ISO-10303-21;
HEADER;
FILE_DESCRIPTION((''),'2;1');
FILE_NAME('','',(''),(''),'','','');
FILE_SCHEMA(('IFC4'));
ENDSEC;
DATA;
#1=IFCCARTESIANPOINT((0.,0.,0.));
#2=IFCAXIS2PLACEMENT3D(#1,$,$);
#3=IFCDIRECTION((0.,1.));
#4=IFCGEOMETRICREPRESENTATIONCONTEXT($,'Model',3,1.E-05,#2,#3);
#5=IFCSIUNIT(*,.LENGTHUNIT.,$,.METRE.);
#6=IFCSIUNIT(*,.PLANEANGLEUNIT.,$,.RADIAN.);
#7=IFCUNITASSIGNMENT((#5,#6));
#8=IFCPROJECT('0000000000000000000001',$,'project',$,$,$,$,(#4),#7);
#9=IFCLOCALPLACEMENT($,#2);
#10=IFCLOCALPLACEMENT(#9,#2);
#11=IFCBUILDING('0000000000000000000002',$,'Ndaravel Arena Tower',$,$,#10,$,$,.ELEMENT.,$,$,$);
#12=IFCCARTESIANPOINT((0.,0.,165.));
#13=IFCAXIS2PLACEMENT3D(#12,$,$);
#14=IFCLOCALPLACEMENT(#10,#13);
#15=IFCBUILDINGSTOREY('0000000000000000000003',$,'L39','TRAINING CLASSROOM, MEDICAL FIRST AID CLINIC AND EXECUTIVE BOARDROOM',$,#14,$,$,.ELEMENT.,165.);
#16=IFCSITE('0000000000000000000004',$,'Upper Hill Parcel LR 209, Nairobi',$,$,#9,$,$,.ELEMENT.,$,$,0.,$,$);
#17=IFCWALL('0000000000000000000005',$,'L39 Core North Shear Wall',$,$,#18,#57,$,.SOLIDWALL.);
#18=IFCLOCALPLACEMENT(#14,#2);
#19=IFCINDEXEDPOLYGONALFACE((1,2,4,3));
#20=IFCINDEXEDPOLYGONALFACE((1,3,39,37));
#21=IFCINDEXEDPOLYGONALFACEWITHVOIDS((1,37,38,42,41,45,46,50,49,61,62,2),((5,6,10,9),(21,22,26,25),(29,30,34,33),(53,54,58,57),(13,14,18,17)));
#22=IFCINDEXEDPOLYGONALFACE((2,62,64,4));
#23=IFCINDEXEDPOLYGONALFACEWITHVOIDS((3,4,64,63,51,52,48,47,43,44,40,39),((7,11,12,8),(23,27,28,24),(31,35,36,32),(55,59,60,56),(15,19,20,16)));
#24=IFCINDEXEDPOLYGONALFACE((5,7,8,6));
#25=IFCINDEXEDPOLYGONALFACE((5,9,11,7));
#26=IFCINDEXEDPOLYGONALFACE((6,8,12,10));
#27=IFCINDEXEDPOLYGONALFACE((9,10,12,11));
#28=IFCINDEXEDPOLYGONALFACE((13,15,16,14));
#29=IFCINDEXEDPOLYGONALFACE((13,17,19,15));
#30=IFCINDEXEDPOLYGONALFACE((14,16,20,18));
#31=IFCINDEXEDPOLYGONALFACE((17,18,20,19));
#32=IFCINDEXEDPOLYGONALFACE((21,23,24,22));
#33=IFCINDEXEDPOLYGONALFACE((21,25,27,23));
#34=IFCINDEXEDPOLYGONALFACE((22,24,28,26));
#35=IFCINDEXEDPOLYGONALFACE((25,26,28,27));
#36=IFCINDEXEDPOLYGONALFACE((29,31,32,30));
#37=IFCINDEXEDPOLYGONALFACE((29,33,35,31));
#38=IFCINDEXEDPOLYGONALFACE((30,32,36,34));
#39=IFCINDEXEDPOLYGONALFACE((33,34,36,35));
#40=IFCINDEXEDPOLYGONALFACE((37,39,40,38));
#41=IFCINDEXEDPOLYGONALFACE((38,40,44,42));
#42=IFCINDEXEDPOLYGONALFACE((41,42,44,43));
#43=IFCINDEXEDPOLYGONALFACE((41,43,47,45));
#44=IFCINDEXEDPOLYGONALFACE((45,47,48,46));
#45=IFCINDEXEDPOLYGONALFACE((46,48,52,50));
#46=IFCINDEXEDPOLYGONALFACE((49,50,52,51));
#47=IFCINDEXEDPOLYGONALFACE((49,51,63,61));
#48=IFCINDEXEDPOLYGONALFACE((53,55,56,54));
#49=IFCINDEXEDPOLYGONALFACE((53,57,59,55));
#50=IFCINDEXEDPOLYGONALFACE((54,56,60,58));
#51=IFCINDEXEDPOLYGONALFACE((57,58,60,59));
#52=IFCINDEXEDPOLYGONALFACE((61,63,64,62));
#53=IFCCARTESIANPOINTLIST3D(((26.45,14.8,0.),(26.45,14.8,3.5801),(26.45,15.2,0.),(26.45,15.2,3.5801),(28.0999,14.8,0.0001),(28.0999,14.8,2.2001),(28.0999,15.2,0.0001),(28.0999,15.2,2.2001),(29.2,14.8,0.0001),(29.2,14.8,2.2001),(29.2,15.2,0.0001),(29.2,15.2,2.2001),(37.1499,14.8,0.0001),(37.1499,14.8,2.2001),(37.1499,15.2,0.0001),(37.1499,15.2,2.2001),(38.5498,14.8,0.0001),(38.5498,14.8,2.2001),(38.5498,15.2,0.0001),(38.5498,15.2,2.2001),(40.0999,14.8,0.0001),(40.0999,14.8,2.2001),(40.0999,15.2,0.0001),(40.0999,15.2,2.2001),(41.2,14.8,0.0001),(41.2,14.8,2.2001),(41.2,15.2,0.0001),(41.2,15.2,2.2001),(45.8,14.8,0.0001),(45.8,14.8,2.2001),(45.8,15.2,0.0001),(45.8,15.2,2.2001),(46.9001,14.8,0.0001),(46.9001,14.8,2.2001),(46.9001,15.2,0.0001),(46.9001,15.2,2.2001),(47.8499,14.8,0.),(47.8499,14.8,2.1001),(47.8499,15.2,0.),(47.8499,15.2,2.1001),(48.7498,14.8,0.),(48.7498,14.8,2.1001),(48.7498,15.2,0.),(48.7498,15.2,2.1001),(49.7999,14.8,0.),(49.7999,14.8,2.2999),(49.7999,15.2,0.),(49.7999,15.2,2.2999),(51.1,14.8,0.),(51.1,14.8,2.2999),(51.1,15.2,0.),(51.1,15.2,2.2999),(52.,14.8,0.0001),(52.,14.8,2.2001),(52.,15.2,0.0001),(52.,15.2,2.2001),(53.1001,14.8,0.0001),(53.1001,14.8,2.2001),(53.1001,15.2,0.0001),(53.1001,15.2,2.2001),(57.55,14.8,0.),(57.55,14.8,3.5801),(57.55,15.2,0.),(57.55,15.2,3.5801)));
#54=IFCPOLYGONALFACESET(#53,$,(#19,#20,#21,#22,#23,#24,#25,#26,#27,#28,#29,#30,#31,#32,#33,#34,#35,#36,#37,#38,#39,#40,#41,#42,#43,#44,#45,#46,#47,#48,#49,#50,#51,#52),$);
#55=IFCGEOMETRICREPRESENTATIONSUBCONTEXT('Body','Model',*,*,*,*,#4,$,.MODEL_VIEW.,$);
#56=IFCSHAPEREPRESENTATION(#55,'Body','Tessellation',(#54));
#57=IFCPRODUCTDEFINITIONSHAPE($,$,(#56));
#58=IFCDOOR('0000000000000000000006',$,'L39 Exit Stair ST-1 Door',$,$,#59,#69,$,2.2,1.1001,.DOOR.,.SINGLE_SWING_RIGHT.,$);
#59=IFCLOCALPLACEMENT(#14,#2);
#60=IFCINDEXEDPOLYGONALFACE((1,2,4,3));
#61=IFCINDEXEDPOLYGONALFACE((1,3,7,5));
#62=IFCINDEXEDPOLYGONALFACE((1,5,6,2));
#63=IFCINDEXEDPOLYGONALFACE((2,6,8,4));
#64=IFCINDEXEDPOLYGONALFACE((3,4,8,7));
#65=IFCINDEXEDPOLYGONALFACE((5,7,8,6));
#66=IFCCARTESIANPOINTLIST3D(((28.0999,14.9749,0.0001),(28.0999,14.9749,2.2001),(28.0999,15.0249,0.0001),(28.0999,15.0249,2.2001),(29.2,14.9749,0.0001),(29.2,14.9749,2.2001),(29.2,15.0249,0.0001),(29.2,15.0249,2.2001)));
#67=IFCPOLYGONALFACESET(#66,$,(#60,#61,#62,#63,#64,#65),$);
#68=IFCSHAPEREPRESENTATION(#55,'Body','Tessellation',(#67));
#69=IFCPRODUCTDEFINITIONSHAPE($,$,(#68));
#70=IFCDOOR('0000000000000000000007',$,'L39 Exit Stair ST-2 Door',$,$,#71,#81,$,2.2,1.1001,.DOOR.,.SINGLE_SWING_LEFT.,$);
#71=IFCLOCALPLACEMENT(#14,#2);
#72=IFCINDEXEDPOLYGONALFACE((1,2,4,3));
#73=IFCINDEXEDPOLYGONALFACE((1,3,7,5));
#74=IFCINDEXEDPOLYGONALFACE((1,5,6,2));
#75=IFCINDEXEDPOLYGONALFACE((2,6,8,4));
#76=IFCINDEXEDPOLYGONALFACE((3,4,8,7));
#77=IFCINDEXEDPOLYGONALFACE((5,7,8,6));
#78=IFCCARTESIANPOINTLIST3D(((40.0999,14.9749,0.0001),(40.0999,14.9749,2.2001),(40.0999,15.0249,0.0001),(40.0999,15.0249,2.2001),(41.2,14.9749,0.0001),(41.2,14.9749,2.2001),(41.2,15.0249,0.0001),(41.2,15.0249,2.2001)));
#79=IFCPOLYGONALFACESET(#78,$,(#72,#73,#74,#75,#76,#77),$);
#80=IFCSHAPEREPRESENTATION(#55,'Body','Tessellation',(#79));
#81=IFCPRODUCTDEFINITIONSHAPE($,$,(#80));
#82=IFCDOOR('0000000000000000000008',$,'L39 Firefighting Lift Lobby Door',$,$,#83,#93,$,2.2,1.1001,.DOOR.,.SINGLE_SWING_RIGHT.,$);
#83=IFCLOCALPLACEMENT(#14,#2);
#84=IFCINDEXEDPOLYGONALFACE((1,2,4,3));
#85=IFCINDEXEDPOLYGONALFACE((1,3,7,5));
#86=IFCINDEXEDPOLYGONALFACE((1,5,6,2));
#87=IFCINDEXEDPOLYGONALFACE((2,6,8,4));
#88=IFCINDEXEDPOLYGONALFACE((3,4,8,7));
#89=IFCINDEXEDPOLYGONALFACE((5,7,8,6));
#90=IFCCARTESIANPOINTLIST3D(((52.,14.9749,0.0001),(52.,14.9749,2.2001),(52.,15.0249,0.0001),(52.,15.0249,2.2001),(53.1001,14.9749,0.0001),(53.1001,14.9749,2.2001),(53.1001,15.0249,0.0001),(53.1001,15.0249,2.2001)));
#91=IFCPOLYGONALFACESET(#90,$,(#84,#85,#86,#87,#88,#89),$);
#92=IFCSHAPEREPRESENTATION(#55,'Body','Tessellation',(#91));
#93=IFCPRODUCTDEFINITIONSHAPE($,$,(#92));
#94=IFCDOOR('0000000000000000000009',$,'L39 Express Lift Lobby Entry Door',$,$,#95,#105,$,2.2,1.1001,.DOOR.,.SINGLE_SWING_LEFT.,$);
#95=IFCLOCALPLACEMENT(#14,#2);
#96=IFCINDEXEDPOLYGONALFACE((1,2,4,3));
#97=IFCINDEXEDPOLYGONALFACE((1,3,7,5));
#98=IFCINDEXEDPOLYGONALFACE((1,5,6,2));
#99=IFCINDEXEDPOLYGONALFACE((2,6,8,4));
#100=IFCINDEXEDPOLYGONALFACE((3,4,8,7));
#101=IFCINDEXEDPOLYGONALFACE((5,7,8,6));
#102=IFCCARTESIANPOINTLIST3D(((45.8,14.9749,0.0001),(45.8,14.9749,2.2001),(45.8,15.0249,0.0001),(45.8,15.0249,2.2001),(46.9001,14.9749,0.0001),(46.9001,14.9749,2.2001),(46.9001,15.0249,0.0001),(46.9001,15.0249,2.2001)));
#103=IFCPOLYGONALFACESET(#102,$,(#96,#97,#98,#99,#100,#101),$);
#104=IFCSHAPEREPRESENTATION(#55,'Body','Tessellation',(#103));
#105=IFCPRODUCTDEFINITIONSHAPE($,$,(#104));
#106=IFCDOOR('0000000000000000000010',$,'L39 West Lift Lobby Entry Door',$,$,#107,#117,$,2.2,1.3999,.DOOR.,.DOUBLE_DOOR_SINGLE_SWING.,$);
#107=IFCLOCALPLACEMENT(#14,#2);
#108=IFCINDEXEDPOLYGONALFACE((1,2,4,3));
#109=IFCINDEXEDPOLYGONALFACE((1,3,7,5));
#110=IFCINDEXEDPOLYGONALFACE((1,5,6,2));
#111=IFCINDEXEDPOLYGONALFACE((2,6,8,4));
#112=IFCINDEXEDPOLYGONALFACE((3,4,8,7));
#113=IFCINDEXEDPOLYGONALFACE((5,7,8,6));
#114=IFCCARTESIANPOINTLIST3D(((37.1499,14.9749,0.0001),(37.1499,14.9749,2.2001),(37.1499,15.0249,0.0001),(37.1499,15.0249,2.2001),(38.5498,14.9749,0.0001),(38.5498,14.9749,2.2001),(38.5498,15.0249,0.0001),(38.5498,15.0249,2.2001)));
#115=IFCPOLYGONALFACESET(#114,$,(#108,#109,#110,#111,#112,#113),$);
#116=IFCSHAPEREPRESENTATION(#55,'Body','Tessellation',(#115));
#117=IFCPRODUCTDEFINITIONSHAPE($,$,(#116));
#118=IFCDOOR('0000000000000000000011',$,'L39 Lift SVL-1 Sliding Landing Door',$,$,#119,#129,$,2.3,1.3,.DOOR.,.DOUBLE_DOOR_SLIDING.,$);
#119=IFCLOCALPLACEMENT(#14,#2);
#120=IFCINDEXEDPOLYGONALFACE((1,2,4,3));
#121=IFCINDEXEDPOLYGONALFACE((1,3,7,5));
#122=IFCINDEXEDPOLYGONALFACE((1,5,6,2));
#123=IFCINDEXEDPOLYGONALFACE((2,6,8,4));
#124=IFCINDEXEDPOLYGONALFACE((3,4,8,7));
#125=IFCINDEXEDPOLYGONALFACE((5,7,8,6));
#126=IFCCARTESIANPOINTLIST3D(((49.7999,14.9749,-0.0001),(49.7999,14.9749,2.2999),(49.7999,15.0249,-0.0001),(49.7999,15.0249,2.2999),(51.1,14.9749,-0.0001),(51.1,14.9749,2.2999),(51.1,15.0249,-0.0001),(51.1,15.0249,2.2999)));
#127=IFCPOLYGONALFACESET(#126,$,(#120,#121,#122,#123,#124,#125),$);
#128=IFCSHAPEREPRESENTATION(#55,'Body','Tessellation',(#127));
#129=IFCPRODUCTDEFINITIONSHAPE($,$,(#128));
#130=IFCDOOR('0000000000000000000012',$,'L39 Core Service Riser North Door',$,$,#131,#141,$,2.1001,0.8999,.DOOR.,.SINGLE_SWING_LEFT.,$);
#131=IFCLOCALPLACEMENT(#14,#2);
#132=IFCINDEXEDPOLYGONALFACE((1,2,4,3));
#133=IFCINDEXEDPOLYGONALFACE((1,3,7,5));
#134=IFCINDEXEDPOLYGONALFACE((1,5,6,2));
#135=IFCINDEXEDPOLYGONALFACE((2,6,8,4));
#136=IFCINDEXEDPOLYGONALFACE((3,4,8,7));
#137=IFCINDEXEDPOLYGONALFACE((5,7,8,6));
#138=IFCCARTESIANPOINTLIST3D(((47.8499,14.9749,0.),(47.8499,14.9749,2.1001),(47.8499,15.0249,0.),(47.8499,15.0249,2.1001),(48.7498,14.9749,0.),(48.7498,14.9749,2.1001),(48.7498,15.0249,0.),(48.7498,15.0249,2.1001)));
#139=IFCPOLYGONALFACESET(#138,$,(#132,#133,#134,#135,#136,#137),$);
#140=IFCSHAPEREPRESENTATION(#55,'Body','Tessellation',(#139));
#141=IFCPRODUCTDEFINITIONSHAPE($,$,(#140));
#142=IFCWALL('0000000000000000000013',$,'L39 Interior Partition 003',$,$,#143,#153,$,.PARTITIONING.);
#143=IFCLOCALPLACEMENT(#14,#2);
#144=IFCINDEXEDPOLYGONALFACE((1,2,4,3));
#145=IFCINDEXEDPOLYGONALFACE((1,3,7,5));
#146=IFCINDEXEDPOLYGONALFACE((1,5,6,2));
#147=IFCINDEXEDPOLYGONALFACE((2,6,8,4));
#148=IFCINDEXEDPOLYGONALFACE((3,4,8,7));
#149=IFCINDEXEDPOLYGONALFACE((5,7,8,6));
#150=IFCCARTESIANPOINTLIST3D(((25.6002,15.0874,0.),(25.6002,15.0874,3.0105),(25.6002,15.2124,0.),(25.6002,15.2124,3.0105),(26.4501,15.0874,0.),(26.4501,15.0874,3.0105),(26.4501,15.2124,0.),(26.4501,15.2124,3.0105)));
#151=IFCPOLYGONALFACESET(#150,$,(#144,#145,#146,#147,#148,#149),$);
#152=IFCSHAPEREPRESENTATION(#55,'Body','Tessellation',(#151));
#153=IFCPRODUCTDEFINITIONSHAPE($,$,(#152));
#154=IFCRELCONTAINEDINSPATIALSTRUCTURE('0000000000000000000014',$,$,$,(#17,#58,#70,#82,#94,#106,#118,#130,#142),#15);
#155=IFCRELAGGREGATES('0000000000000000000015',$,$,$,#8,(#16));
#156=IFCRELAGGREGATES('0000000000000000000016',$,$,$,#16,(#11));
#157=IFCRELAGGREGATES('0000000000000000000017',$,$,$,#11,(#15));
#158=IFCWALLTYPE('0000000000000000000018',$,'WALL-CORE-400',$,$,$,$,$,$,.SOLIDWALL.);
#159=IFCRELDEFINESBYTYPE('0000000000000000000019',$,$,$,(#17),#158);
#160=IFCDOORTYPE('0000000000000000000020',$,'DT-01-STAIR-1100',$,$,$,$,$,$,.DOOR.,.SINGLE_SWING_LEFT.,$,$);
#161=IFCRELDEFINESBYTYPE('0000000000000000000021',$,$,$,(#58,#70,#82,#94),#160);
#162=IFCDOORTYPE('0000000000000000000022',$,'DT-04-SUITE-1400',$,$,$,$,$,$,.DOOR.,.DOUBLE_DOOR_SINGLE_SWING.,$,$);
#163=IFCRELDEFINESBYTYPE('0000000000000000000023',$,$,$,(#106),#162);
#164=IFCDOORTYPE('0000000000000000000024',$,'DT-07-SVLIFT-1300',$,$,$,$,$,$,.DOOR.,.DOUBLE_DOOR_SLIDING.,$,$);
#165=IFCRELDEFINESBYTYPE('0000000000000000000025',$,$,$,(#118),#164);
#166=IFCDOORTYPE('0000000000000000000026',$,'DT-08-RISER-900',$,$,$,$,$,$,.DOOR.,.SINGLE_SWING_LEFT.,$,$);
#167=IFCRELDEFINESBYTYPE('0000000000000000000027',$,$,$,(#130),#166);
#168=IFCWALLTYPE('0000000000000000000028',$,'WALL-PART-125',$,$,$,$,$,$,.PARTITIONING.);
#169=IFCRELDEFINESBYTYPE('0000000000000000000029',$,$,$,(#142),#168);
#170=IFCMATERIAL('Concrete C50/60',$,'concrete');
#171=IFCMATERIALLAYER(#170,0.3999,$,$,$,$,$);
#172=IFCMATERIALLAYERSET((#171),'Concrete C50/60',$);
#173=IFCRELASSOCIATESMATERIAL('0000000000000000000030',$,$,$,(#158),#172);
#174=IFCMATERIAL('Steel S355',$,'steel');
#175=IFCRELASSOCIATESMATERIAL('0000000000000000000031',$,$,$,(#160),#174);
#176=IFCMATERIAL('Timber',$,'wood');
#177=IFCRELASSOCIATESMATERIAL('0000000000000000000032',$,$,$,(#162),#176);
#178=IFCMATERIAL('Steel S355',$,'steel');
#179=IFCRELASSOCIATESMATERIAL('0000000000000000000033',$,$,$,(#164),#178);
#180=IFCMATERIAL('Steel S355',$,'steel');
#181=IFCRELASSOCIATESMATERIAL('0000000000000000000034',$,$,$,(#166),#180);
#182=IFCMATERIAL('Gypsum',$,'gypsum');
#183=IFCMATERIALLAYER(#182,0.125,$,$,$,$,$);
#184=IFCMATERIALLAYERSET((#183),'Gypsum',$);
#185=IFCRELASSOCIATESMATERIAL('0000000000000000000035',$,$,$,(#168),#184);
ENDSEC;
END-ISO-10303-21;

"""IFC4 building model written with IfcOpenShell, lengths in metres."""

from ifc_helpers import new_model, si_unit, direction, frame, frame_2d, origin, place, context, subcontext, project, spatial, rectangle, extrude, material, layer, layer_set, type_object, element, fill, save


model = new_model("IFC4")

# Units and contexts
model_context = context("Model", 3, precision=1e-05, world=origin(), true_north=direction((0.0, 1.0)))
body_context = subcontext(model_context, "Body", "Model", "MODEL_VIEW")
ifc_project = project(units=[si_unit("LENGTHUNIT", "METRE"), si_unit("PLANEANGLEUNIT", "RADIAN")], contexts=[model_context])

# Site, building, storey
site_placement = place(None, origin())
site = spatial("IfcSite", under=ifc_project, at=site_placement, Name="Upper Hill Parcel LR 209, Nairobi", CompositionType="ELEMENT", RefElevation=0.0)
building_placement = place(site_placement, origin())
building = spatial("IfcBuilding", under=site, at=building_placement, Name="Ndaravel Arena Tower", CompositionType="ELEMENT")
storey_placement = place(building_placement, frame((0.0, 0.0, 165.0)))
storey = spatial("IfcBuildingStorey", under=building, at=storey_placement, Name="L39", Description="TRAINING CLASSROOM, MEDICAL FIRST AID CLINIC AND EXECUTIVE BOARDROOM", CompositionType="ELEMENT", Elevation=165.0)

# Wall, openings, doors
ifc_material_1 = material(Name="Concrete C50/60", Category="concrete")
ifc_layer_1 = layer(ifc_material_1, 0.3999)
ifc_layer_set_1 = layer_set([ifc_layer_1], Name="Concrete C50/60")
wall_type_1 = type_object("IfcWallType", Name="WALL-CORE-400", PredefinedType="SOLIDWALL", material=ifc_layer_set_1)
wall_1_placement = place(storey_placement, frame((26.45, 15.0, 0.0), z_axis=(0.0, 0.0, 1.0), x_axis=(1.0, 0.0, 0.0)))
wall_1 = element("IfcWall", 1, at=wall_1_placement, inside=storey, type_object=wall_type_1, Name="L39 Core North Shear Wall", PredefinedType="SOLIDWALL", context=body_context, shape_type="SweptSolid", body=[
    extrude(rectangle(XDim=31.1001, YDim=0.3999, at=frame_2d((15.55, 0.0))), origin(), (0.0, 0.0, 1.0), 3.5801),
])
opening_1_placement = place(wall_1_placement, frame((1.6499, 0.0, 0.0)))
opening_1 = element("IfcOpeningElement", 2, at=opening_1_placement, cuts=wall_1, PredefinedType="OPENING", context=body_context, shape_type="SweptSolid", body=[
    extrude(rectangle(XDim=1.1001, YDim=2.2, at=frame_2d((0.55, 1.1001))), frame((0.0, 0.2, 0.0), z_axis=(0.0, -1.0, 0.0), x_axis=(1.0, 0.0, 0.0)), (0.0, 0.0, 1.0), 0.3999),
])
opening_2_placement = place(wall_1_placement, frame((13.6499, 0.0, 0.0)))
opening_2 = element("IfcOpeningElement", 3, at=opening_2_placement, cuts=wall_1, PredefinedType="OPENING", context=body_context, shape_type="SweptSolid", body=[
    extrude(rectangle(XDim=1.1001, YDim=2.2, at=frame_2d((0.55, 1.1001))), frame((0.0, 0.2, 0.0), z_axis=(0.0, -1.0, 0.0), x_axis=(1.0, 0.0, 0.0)), (0.0, 0.0, 1.0), 0.3999),
])
opening_3_placement = place(wall_1_placement, frame((25.55, 0.0, 0.0)))
opening_3 = element("IfcOpeningElement", 4, at=opening_3_placement, cuts=wall_1, PredefinedType="OPENING", context=body_context, shape_type="SweptSolid", body=[
    extrude(rectangle(XDim=1.1001, YDim=2.2, at=frame_2d((0.55, 1.1001))), frame((0.0, 0.2, 0.0), z_axis=(0.0, -1.0, 0.0), x_axis=(1.0, 0.0, 0.0)), (0.0, 0.0, 1.0), 0.3999),
])
opening_4_placement = place(wall_1_placement, frame((10.7, 0.0, 0.0)))
opening_4 = element("IfcOpeningElement", 5, at=opening_4_placement, cuts=wall_1, PredefinedType="OPENING", context=body_context, shape_type="SweptSolid", body=[
    extrude(rectangle(XDim=1.3999, YDim=2.2, at=frame_2d((0.7, 1.1001))), frame((0.0, 0.2, 0.0), z_axis=(0.0, -1.0, 0.0), x_axis=(1.0, 0.0, 0.0)), (0.0, 0.0, 1.0), 0.3999),
])
opening_5_placement = place(wall_1_placement, frame((19.3501, 0.0, 0.0)))
opening_5 = element("IfcOpeningElement", 6, at=opening_5_placement, cuts=wall_1, PredefinedType="OPENING", context=body_context, shape_type="SweptSolid", body=[
    extrude(rectangle(XDim=1.1001, YDim=2.2, at=frame_2d((0.55, 1.1001))), frame((0.0, 0.2, 0.0), z_axis=(0.0, -1.0, 0.0), x_axis=(1.0, 0.0, 0.0)), (0.0, 0.0, 1.0), 0.3999),
])
opening_6_placement = place(wall_1_placement, frame((21.3999, 0.0, 0.0)))
opening_6 = element("IfcOpeningElement", 7, at=opening_6_placement, cuts=wall_1, PredefinedType="OPENING", context=body_context, shape_type="SweptSolid", body=[
    extrude(rectangle(XDim=0.8999, YDim=2.1001, at=frame_2d((0.45, 1.05))), frame((0.0, 0.2, 0.0), z_axis=(0.0, -1.0, 0.0), x_axis=(1.0, 0.0, 0.0)), (0.0, 0.0, 1.0), 0.3999),
])
opening_7_placement = place(wall_1_placement, frame((23.3501, 0.0, 0.0)))
opening_7 = element("IfcOpeningElement", 8, at=opening_7_placement, cuts=wall_1, PredefinedType="OPENING", context=body_context, shape_type="SweptSolid", body=[
    extrude(rectangle(XDim=1.3, YDim=2.3, at=frame_2d((0.6499, 1.1499))), frame((0.0, 0.2, 0.0), z_axis=(0.0, -1.0, 0.0), x_axis=(1.0, 0.0, 0.0)), (0.0, 0.0, 1.0), 0.3999),
])
ifc_material_2 = material(Name="Steel S355", Category="steel")
door_type_1 = type_object("IfcDoorType", Name="DT-01-STAIR-1100", OperationType="SINGLE_SWING_LEFT", PredefinedType="DOOR", material=ifc_material_2)
door_1_placement = place(opening_1_placement, origin())
door_1 = element("IfcDoor", 9, at=door_1_placement, inside=storey, type_object=door_type_1, Name="L39 Exit Stair ST-1 Door", OperationType="SINGLE_SWING_RIGHT", OverallHeight=2.2, OverallWidth=1.1001, PredefinedType="DOOR", context=body_context, shape_type="SweptSolid", body=[
    extrude(rectangle(XDim=1.1001, YDim=2.2, at=frame_2d((0.55, 1.1001))), frame((0.0, 0.0249, 0.0), z_axis=(0.0, -1.0, 0.0), x_axis=(1.0, 0.0, 0.0)), (0.0, 0.0, 1.0), 0.05),
])
fill(opening_1, door_1)
door_2_placement = place(opening_2_placement, origin())
door_2 = element("IfcDoor", 10, at=door_2_placement, inside=storey, type_object=door_type_1, Name="L39 Exit Stair ST-2 Door", OperationType="SINGLE_SWING_LEFT", OverallHeight=2.2, OverallWidth=1.1001, PredefinedType="DOOR", context=body_context, shape_type="SweptSolid", body=[
    extrude(rectangle(XDim=1.1001, YDim=2.2, at=frame_2d((0.55, 1.1001))), frame((0.0, 0.0249, 0.0), z_axis=(0.0, -1.0, 0.0), x_axis=(1.0, 0.0, 0.0)), (0.0, 0.0, 1.0), 0.05),
])
fill(opening_2, door_2)
door_3_placement = place(opening_3_placement, origin())
door_3 = element("IfcDoor", 11, at=door_3_placement, inside=storey, type_object=door_type_1, Name="L39 Firefighting Lift Lobby Door", OperationType="SINGLE_SWING_RIGHT", OverallHeight=2.2, OverallWidth=1.1001, PredefinedType="DOOR", context=body_context, shape_type="SweptSolid", body=[
    extrude(rectangle(XDim=1.1001, YDim=2.2, at=frame_2d((0.55, 1.1001))), frame((0.0, 0.0249, 0.0), z_axis=(0.0, -1.0, 0.0), x_axis=(1.0, 0.0, 0.0)), (0.0, 0.0, 1.0), 0.05),
])
fill(opening_3, door_3)
door_4_placement = place(opening_5_placement, origin())
door_4 = element("IfcDoor", 12, at=door_4_placement, inside=storey, type_object=door_type_1, Name="L39 Express Lift Lobby Entry Door", OperationType="SINGLE_SWING_LEFT", OverallHeight=2.2, OverallWidth=1.1001, PredefinedType="DOOR", context=body_context, shape_type="SweptSolid", body=[
    extrude(rectangle(XDim=1.1001, YDim=2.2, at=frame_2d((0.55, 1.1001))), frame((0.0, 0.0249, 0.0), z_axis=(0.0, -1.0, 0.0), x_axis=(1.0, 0.0, 0.0)), (0.0, 0.0, 1.0), 0.05),
])
fill(opening_5, door_4)
ifc_material_3 = material(Name="Timber", Category="wood")
door_type_2 = type_object("IfcDoorType", Name="DT-04-SUITE-1400", OperationType="DOUBLE_DOOR_SINGLE_SWING", PredefinedType="DOOR", material=ifc_material_3)
door_5_placement = place(opening_4_placement, origin())
door_5 = element("IfcDoor", 13, at=door_5_placement, inside=storey, type_object=door_type_2, Name="L39 West Lift Lobby Entry Door", OperationType="DOUBLE_DOOR_SINGLE_SWING", OverallHeight=2.2, OverallWidth=1.3999, PredefinedType="DOOR", context=body_context, shape_type="SweptSolid", body=[
    extrude(rectangle(XDim=1.3999, YDim=2.2, at=frame_2d((0.7, 1.1001))), frame((0.0, 0.0249, 0.0), z_axis=(0.0, -1.0, 0.0), x_axis=(1.0, 0.0, 0.0)), (0.0, 0.0, 1.0), 0.05),
])
fill(opening_4, door_5)
ifc_material_4 = material(Name="Steel S355", Category="steel")
door_type_3 = type_object("IfcDoorType", Name="DT-07-SVLIFT-1300", OperationType="DOUBLE_DOOR_SLIDING", PredefinedType="DOOR", material=ifc_material_4)
door_6_placement = place(opening_7_placement, origin())
door_6 = element("IfcDoor", 14, at=door_6_placement, inside=storey, type_object=door_type_3, Name="L39 Lift SVL-1 Sliding Landing Door", OperationType="DOUBLE_DOOR_SLIDING", OverallHeight=2.3, OverallWidth=1.3, PredefinedType="DOOR", context=body_context, shape_type="SweptSolid", body=[
    extrude(rectangle(XDim=1.3, YDim=2.3, at=frame_2d((0.6499, 1.1499))), frame((0.0, 0.0249, 0.0), z_axis=(0.0, -1.0, 0.0), x_axis=(1.0, 0.0, 0.0)), (0.0, 0.0, 1.0), 0.05),
])
fill(opening_7, door_6)
ifc_material_5 = material(Name="Steel S355", Category="steel")
door_type_4 = type_object("IfcDoorType", Name="DT-08-RISER-900", OperationType="SINGLE_SWING_LEFT", PredefinedType="DOOR", material=ifc_material_5)
door_7_placement = place(opening_6_placement, origin())
door_7 = element("IfcDoor", 15, at=door_7_placement, inside=storey, type_object=door_type_4, Name="L39 Core Service Riser North Door", OperationType="SINGLE_SWING_LEFT", OverallHeight=2.1001, OverallWidth=0.8999, PredefinedType="DOOR", context=body_context, shape_type="SweptSolid", body=[
    extrude(rectangle(XDim=0.8999, YDim=2.1001, at=frame_2d((0.45, 1.05))), frame((0.0, 0.0249, 0.0), z_axis=(0.0, -1.0, 0.0), x_axis=(1.0, 0.0, 0.0)), (0.0, 0.0, 1.0), 0.05),
])
fill(opening_6, door_7)

# Wall
ifc_material_6 = material(Name="Gypsum", Category="gypsum")
ifc_layer_2 = layer(ifc_material_6, 0.125)
ifc_layer_set_2 = layer_set([ifc_layer_2], Name="Gypsum")
wall_type_2 = type_object("IfcWallType", Name="WALL-PART-125", PredefinedType="PARTITIONING", material=ifc_layer_set_2)
wall_2_placement = place(storey_placement, frame((26.45, 15.1499, 0.0), z_axis=(0.0, 0.0, 1.0), x_axis=(-1.0, 0.0, 0.0)))
element("IfcWall", 16, at=wall_2_placement, inside=storey, type_object=wall_type_2, Name="L39 Interior Partition 003", PredefinedType="PARTITIONING", context=body_context, shape_type="SweptSolid", body=[
    extrude(rectangle(XDim=0.8499, YDim=0.125, at=frame_2d((0.4248, 0.0))), origin(), (0.0, 0.0, 1.0), 3.0105),
])

save(model, "model.ifc")
